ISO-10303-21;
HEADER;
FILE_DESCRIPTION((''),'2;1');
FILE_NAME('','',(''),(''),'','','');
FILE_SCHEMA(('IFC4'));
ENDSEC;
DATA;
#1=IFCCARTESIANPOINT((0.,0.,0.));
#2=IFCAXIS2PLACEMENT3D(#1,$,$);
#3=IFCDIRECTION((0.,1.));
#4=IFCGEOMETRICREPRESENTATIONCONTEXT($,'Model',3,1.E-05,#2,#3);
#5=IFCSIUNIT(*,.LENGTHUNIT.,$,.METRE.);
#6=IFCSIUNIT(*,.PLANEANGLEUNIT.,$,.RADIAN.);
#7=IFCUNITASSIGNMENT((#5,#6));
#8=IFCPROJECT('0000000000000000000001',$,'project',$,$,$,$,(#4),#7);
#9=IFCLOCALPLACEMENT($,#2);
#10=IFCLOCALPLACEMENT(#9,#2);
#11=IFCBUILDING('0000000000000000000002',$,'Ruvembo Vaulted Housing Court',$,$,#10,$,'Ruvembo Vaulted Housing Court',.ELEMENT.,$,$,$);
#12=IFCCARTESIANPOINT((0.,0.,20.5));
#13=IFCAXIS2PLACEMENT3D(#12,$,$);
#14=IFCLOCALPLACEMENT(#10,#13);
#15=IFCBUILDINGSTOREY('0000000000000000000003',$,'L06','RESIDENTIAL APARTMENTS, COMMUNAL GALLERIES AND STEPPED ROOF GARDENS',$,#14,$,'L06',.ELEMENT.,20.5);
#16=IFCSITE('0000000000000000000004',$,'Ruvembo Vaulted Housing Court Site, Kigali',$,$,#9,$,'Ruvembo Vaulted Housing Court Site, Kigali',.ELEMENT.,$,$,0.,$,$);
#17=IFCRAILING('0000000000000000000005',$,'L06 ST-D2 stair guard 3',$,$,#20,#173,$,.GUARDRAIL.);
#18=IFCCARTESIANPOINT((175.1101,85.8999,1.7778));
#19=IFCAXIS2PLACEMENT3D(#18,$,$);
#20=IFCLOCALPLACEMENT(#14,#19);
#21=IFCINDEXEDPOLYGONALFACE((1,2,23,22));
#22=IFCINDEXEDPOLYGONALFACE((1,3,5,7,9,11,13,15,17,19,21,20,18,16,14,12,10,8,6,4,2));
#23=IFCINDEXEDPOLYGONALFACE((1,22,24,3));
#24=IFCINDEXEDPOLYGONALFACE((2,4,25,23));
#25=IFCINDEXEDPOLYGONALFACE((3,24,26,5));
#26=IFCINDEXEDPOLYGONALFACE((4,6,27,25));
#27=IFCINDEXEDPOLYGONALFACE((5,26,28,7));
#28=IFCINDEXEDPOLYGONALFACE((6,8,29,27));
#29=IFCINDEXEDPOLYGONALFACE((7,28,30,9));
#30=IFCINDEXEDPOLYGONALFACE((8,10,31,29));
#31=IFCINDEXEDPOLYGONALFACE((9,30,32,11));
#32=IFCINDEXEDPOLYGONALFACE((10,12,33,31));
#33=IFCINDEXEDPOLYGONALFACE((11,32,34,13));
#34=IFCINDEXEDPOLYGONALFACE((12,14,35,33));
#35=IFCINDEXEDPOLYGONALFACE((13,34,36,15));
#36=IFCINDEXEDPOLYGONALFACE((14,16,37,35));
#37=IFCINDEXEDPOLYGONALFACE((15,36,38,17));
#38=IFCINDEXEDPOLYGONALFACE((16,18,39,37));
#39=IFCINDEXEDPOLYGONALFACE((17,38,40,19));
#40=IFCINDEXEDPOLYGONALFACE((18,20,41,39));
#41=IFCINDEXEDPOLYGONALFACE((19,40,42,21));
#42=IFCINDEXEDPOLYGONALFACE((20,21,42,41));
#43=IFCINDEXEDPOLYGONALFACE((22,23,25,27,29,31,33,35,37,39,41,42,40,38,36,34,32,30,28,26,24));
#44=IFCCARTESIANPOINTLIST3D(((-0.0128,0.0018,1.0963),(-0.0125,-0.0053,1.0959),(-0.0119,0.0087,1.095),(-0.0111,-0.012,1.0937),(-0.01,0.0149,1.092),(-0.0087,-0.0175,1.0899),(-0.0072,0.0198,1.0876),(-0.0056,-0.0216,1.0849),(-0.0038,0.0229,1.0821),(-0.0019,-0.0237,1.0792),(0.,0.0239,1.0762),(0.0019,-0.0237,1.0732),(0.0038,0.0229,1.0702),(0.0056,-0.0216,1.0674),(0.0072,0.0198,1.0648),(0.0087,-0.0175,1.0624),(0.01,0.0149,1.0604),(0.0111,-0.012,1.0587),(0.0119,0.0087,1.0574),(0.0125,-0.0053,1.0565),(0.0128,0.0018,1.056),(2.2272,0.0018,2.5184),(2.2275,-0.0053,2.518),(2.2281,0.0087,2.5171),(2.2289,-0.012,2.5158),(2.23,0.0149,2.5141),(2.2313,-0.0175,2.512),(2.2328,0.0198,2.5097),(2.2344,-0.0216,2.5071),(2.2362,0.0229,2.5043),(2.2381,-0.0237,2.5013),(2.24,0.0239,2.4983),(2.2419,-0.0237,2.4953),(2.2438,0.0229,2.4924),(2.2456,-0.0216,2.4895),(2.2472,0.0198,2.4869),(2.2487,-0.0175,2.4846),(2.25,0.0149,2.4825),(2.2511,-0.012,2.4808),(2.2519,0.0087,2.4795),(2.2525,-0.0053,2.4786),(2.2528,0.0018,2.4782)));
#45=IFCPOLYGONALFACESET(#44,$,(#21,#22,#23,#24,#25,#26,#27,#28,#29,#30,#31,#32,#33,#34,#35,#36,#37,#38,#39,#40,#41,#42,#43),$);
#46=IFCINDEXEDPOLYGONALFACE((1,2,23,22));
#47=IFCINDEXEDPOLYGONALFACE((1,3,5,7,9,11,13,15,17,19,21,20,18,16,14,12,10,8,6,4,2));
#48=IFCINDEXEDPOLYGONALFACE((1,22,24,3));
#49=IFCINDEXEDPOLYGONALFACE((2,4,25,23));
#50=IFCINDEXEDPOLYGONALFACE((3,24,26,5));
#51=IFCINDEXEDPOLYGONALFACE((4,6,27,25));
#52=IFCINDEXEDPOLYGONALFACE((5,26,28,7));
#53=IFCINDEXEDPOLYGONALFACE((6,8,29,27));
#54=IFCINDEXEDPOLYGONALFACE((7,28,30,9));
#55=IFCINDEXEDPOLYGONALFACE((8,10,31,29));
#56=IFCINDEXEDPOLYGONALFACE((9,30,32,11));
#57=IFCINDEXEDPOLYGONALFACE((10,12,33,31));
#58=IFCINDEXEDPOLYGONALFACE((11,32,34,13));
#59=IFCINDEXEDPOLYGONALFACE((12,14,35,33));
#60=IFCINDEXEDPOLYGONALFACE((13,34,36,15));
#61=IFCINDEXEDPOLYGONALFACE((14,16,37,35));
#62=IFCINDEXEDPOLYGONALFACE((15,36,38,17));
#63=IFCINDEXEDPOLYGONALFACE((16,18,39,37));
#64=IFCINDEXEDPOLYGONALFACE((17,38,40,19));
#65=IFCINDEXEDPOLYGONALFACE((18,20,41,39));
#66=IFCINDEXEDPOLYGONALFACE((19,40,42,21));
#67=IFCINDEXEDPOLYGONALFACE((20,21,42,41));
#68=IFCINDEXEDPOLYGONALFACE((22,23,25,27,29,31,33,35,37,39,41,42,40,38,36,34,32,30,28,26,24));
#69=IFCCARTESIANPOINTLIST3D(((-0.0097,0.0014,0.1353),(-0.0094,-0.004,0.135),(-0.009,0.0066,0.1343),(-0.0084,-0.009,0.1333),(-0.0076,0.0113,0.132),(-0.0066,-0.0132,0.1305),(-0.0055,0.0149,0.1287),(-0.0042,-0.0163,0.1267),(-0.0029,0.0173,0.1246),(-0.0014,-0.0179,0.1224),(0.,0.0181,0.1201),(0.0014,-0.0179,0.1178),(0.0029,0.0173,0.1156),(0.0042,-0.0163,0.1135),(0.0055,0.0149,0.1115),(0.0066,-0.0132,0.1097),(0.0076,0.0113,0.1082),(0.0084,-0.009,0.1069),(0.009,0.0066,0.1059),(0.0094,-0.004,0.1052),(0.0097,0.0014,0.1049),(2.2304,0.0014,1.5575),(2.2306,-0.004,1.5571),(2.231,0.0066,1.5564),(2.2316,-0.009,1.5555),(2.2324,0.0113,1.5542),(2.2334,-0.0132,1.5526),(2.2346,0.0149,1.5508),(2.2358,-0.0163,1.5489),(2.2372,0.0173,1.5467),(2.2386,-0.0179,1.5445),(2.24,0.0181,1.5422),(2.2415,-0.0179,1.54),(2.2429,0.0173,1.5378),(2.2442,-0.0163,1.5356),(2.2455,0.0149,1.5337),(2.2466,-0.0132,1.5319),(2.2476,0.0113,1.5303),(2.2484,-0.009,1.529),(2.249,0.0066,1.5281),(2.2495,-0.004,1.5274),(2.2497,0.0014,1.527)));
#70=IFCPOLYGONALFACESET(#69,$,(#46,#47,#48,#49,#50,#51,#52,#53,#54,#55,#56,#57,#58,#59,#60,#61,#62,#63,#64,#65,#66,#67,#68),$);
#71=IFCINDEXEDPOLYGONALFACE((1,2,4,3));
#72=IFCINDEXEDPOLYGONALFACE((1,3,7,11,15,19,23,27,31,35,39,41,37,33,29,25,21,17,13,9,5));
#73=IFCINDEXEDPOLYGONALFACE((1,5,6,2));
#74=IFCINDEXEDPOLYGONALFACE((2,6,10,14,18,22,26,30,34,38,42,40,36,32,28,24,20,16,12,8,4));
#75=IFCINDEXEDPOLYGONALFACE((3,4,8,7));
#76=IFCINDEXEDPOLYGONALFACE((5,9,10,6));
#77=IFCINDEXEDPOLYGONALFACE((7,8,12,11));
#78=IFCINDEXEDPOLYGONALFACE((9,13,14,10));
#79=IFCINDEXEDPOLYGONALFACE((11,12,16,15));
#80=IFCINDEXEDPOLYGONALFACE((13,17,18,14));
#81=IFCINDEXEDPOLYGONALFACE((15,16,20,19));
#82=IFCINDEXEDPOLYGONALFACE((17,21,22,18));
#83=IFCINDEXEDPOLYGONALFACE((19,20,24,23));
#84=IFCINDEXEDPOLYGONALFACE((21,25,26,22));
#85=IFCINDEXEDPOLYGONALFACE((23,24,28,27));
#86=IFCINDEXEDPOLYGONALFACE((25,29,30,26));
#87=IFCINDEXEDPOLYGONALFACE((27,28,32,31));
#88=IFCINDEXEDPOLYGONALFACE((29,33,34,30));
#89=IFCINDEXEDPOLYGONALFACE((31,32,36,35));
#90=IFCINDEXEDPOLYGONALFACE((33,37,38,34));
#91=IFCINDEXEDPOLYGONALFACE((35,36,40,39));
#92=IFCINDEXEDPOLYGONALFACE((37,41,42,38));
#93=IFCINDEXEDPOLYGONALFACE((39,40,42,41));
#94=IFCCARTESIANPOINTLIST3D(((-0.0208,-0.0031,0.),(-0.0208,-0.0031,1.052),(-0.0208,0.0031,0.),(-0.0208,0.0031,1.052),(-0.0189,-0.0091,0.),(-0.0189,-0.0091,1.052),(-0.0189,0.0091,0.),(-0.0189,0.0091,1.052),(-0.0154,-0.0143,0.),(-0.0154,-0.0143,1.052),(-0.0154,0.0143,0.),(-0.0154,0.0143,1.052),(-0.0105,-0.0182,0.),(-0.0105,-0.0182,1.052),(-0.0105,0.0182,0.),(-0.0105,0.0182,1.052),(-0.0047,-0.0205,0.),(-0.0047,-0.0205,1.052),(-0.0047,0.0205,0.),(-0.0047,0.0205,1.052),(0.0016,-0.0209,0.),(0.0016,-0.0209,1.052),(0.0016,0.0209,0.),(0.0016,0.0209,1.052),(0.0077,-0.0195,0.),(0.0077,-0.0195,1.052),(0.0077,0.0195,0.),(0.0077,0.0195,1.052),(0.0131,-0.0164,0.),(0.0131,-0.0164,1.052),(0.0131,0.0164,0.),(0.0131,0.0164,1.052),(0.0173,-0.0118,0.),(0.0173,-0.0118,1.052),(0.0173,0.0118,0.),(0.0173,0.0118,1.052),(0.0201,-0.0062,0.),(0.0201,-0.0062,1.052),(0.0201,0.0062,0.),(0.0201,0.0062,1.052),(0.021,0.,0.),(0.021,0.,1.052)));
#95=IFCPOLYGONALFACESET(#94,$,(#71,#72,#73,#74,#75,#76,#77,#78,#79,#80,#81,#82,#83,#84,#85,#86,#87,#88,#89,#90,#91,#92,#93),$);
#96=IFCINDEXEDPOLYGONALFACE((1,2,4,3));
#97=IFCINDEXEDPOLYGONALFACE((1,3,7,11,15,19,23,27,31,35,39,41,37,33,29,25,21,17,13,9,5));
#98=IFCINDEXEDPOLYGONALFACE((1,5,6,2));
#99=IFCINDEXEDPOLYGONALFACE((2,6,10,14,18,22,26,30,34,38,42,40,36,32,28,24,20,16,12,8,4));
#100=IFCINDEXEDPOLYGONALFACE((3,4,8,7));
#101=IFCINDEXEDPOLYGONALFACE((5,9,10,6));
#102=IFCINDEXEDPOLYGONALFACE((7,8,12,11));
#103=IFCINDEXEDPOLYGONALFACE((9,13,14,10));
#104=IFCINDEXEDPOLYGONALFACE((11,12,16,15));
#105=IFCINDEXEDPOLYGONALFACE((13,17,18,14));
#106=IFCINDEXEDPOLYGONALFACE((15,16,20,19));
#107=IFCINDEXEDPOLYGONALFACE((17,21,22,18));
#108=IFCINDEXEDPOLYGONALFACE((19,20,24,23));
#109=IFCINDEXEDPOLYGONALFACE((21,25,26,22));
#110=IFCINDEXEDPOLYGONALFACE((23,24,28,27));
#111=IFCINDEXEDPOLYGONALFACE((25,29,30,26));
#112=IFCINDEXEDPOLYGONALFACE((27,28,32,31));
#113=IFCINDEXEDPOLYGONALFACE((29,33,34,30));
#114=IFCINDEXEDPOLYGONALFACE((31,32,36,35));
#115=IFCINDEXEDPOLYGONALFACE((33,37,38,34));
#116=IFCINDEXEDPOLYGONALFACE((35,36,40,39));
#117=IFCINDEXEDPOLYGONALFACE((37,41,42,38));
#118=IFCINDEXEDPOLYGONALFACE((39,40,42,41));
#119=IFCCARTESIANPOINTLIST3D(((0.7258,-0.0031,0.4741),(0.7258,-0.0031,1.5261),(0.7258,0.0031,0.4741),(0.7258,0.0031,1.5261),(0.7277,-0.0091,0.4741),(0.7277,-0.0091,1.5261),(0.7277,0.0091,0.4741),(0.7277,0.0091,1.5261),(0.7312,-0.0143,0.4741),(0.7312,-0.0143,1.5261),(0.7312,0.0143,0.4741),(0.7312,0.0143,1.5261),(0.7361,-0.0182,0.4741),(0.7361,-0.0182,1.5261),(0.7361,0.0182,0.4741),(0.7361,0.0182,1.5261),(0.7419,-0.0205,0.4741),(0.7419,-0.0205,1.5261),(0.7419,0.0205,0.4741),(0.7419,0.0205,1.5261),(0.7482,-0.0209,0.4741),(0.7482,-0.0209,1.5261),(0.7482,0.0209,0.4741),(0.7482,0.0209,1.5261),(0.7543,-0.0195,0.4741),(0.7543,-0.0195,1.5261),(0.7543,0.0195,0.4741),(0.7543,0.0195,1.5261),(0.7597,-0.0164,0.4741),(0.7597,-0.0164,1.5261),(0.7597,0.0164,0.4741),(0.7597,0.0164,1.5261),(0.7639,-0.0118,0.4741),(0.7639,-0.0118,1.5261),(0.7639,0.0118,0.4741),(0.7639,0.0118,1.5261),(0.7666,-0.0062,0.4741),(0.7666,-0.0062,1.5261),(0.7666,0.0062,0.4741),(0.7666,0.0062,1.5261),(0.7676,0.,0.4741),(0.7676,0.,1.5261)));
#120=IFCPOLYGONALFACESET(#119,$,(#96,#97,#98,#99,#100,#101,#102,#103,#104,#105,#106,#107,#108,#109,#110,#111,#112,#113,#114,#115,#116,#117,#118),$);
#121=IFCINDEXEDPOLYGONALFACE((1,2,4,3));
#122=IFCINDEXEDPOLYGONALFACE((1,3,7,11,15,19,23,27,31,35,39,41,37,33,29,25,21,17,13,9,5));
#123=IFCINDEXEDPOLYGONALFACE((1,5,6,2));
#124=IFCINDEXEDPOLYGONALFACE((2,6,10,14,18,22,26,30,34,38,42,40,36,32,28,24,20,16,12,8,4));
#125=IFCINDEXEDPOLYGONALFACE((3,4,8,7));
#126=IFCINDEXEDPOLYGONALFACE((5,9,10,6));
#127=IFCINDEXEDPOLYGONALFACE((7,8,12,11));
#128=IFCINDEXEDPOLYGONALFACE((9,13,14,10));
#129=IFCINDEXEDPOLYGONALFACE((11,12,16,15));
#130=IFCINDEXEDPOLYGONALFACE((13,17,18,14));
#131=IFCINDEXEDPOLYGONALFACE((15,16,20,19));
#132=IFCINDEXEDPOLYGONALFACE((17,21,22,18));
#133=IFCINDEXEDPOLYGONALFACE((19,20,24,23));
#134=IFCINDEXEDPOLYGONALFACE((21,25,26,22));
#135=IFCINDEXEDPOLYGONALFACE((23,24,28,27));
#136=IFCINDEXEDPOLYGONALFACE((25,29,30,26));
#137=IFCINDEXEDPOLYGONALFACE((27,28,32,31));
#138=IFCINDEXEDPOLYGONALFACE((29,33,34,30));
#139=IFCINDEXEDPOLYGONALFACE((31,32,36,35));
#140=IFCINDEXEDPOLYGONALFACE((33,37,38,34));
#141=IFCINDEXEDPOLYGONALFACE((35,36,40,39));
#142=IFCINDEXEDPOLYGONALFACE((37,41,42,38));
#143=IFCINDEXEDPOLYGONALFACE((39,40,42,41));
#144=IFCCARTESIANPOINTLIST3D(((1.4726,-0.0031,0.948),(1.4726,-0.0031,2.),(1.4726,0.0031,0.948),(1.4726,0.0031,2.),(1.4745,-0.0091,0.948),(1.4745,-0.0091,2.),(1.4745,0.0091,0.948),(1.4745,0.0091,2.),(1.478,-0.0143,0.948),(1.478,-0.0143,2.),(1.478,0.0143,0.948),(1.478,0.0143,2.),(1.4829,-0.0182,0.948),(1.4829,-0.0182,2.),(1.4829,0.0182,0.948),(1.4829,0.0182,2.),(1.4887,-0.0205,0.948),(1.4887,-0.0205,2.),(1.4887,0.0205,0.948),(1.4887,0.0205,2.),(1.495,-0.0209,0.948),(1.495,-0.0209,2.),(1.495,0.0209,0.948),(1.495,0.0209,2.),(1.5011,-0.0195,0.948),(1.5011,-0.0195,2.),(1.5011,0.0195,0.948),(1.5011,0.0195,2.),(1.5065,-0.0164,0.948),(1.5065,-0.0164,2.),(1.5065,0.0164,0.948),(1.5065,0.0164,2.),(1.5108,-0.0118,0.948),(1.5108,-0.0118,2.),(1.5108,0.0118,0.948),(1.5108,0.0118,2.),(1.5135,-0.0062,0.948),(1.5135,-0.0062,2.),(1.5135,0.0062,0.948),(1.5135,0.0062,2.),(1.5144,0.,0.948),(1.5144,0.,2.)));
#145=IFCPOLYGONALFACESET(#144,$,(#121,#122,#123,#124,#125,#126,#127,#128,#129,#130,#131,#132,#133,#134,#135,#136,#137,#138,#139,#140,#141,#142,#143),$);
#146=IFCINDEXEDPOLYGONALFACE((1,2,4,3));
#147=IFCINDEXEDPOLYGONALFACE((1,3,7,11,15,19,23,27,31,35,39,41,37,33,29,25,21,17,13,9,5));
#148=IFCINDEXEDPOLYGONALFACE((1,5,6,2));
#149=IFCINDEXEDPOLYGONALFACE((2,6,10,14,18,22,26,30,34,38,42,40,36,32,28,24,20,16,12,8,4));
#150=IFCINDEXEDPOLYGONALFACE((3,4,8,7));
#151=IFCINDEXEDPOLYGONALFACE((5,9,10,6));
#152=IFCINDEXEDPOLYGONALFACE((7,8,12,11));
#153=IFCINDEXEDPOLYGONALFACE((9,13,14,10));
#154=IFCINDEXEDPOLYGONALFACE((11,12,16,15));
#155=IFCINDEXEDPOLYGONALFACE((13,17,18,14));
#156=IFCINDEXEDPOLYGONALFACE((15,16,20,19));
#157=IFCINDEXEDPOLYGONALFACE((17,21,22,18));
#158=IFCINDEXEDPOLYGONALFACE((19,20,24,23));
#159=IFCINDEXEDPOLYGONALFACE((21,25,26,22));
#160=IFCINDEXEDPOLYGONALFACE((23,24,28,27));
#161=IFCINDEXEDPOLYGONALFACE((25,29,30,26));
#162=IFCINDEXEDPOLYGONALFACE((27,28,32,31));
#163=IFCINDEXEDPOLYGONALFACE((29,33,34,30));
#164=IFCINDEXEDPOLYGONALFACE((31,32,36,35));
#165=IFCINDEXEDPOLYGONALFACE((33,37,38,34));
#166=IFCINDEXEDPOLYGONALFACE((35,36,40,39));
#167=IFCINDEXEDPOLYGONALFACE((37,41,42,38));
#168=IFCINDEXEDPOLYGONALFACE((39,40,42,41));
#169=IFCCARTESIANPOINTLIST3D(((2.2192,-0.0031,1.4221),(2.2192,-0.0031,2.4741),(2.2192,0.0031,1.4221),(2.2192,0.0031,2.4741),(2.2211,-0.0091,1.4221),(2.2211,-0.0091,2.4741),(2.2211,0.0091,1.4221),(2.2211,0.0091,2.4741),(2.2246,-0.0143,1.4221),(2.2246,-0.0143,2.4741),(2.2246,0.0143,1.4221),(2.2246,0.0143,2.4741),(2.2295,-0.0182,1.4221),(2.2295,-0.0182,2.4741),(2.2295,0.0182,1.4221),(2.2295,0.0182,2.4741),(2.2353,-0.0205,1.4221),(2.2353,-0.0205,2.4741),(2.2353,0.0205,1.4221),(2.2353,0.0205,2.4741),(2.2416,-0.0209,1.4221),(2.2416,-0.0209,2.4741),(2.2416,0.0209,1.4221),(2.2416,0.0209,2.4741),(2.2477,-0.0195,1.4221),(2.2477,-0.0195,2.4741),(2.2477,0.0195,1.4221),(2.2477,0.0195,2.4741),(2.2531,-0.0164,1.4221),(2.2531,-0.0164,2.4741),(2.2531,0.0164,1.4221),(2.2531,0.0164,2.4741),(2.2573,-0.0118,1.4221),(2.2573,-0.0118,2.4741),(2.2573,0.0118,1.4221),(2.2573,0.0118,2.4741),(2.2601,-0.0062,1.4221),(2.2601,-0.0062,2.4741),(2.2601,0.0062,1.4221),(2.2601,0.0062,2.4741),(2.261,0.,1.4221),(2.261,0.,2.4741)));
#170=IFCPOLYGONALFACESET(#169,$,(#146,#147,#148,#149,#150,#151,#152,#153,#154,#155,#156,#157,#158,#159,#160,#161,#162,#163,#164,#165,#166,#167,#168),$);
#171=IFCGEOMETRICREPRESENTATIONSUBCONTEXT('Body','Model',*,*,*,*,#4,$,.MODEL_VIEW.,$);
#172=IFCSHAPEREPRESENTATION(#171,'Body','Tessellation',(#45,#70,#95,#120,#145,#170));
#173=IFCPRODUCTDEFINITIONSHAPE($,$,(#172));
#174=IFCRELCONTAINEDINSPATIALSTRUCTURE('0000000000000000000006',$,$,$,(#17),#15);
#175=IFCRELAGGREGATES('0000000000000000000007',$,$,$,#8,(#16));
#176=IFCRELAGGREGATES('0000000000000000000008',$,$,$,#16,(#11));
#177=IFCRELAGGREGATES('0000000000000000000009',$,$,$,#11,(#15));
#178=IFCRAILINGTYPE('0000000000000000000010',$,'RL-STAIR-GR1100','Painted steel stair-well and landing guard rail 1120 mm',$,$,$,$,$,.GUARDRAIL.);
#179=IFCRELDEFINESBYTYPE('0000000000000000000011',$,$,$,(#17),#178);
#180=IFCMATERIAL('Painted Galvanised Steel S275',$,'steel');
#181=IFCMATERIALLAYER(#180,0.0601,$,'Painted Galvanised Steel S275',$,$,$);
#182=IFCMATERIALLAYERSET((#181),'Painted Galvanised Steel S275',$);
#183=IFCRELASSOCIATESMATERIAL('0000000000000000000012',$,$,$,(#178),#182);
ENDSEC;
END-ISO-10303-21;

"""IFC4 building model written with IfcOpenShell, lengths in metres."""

from ifc_helpers import new_model, si_unit, direction, frame, origin, origin_2d, place, context, subcontext, project, spatial, circle, extrude, material, layer, layer_set, type_object, element, save


model = new_model("IFC4")

# Units and contexts
model_context = context("Model", 3, precision=1e-05, world=origin(), true_north=direction((0.0, 1.0)))
body_context = subcontext(model_context, "Body", "Model", "MODEL_VIEW")
ifc_project = project(units=[si_unit("LENGTHUNIT", "METRE"), si_unit("PLANEANGLEUNIT", "RADIAN")], contexts=[model_context])

# Site, building, storey
site_placement = place(None, origin())
site = spatial("IfcSite", under=ifc_project, at=site_placement, Name="Ruvembo Vaulted Housing Court Site, Kigali", LongName="Ruvembo Vaulted Housing Court Site, Kigali", CompositionType="ELEMENT", RefElevation=0.0)
building_placement = place(site_placement, origin())
building = spatial("IfcBuilding", under=site, at=building_placement, Name="Ruvembo Vaulted Housing Court", LongName="Ruvembo Vaulted Housing Court", CompositionType="ELEMENT")
storey_placement = place(building_placement, frame((0.0, 0.0, 20.5)))
storey = spatial("IfcBuildingStorey", under=building, at=storey_placement, Name="L06", Description="RESIDENTIAL APARTMENTS, COMMUNAL GALLERIES AND STEPPED ROOF GARDENS", LongName="L06", CompositionType="ELEMENT", Elevation=20.5)

# Railing
ifc_material_1 = material(Name="Painted Galvanised Steel S275", Category="steel")
ifc_layer_1 = layer(ifc_material_1, 0.0601, Name="Painted Galvanised Steel S275")
ifc_layer_set_1 = layer_set([ifc_layer_1], Name="Painted Galvanised Steel S275")
railing_type_1 = type_object("IfcRailingType", Name="RL-STAIR-GR1100", Description="Painted steel stair-well and landing guard rail 1120 mm", PredefinedType="GUARDRAIL", material=ifc_layer_set_1)
railing_1_placement = place(storey_placement, frame((175.1101, 85.8999, 1.7778)))
element("IfcRailing", 1, at=railing_1_placement, inside=storey, type_object=railing_type_1, Name="L06 ST-D2 stair guard 3", PredefinedType="GUARDRAIL", context=body_context, shape_type="SweptSolid", body=[
    extrude(circle(Radius=0.0239, at=origin_2d()), frame((0.0, 0.0, 1.0762), z_axis=(0.844229, 0.0, 0.535982), x_axis=(0.0, 1.0, 0.0)), (0.0, 0.0, 1.0), 2.6533),
    extrude(circle(Radius=0.0181, at=origin_2d()), frame((0.0, 0.0, 0.1201), z_axis=(0.844229, 0.0, 0.535982), x_axis=(0.0, 1.0, 0.0)), (0.0, 0.0, 1.0), 2.6533),
    extrude(circle(Radius=0.021, at=origin_2d()), origin(), (0.0, 0.0, 1.0), 1.052),
    extrude(circle(Radius=0.021, at=origin_2d()), frame((0.7466, 0.0, 0.4741)), (0.0, 0.0, 1.0), 1.052),
    extrude(circle(Radius=0.021, at=origin_2d()), frame((1.4934, 0.0, 0.948)), (0.0, 0.0, 1.0), 1.052),
    extrude(circle(Radius=0.021, at=origin_2d()), frame((2.24, 0.0, 1.4221)), (0.0, 0.0, 1.0), 1.052),
])

save(model, "model.ifc")
